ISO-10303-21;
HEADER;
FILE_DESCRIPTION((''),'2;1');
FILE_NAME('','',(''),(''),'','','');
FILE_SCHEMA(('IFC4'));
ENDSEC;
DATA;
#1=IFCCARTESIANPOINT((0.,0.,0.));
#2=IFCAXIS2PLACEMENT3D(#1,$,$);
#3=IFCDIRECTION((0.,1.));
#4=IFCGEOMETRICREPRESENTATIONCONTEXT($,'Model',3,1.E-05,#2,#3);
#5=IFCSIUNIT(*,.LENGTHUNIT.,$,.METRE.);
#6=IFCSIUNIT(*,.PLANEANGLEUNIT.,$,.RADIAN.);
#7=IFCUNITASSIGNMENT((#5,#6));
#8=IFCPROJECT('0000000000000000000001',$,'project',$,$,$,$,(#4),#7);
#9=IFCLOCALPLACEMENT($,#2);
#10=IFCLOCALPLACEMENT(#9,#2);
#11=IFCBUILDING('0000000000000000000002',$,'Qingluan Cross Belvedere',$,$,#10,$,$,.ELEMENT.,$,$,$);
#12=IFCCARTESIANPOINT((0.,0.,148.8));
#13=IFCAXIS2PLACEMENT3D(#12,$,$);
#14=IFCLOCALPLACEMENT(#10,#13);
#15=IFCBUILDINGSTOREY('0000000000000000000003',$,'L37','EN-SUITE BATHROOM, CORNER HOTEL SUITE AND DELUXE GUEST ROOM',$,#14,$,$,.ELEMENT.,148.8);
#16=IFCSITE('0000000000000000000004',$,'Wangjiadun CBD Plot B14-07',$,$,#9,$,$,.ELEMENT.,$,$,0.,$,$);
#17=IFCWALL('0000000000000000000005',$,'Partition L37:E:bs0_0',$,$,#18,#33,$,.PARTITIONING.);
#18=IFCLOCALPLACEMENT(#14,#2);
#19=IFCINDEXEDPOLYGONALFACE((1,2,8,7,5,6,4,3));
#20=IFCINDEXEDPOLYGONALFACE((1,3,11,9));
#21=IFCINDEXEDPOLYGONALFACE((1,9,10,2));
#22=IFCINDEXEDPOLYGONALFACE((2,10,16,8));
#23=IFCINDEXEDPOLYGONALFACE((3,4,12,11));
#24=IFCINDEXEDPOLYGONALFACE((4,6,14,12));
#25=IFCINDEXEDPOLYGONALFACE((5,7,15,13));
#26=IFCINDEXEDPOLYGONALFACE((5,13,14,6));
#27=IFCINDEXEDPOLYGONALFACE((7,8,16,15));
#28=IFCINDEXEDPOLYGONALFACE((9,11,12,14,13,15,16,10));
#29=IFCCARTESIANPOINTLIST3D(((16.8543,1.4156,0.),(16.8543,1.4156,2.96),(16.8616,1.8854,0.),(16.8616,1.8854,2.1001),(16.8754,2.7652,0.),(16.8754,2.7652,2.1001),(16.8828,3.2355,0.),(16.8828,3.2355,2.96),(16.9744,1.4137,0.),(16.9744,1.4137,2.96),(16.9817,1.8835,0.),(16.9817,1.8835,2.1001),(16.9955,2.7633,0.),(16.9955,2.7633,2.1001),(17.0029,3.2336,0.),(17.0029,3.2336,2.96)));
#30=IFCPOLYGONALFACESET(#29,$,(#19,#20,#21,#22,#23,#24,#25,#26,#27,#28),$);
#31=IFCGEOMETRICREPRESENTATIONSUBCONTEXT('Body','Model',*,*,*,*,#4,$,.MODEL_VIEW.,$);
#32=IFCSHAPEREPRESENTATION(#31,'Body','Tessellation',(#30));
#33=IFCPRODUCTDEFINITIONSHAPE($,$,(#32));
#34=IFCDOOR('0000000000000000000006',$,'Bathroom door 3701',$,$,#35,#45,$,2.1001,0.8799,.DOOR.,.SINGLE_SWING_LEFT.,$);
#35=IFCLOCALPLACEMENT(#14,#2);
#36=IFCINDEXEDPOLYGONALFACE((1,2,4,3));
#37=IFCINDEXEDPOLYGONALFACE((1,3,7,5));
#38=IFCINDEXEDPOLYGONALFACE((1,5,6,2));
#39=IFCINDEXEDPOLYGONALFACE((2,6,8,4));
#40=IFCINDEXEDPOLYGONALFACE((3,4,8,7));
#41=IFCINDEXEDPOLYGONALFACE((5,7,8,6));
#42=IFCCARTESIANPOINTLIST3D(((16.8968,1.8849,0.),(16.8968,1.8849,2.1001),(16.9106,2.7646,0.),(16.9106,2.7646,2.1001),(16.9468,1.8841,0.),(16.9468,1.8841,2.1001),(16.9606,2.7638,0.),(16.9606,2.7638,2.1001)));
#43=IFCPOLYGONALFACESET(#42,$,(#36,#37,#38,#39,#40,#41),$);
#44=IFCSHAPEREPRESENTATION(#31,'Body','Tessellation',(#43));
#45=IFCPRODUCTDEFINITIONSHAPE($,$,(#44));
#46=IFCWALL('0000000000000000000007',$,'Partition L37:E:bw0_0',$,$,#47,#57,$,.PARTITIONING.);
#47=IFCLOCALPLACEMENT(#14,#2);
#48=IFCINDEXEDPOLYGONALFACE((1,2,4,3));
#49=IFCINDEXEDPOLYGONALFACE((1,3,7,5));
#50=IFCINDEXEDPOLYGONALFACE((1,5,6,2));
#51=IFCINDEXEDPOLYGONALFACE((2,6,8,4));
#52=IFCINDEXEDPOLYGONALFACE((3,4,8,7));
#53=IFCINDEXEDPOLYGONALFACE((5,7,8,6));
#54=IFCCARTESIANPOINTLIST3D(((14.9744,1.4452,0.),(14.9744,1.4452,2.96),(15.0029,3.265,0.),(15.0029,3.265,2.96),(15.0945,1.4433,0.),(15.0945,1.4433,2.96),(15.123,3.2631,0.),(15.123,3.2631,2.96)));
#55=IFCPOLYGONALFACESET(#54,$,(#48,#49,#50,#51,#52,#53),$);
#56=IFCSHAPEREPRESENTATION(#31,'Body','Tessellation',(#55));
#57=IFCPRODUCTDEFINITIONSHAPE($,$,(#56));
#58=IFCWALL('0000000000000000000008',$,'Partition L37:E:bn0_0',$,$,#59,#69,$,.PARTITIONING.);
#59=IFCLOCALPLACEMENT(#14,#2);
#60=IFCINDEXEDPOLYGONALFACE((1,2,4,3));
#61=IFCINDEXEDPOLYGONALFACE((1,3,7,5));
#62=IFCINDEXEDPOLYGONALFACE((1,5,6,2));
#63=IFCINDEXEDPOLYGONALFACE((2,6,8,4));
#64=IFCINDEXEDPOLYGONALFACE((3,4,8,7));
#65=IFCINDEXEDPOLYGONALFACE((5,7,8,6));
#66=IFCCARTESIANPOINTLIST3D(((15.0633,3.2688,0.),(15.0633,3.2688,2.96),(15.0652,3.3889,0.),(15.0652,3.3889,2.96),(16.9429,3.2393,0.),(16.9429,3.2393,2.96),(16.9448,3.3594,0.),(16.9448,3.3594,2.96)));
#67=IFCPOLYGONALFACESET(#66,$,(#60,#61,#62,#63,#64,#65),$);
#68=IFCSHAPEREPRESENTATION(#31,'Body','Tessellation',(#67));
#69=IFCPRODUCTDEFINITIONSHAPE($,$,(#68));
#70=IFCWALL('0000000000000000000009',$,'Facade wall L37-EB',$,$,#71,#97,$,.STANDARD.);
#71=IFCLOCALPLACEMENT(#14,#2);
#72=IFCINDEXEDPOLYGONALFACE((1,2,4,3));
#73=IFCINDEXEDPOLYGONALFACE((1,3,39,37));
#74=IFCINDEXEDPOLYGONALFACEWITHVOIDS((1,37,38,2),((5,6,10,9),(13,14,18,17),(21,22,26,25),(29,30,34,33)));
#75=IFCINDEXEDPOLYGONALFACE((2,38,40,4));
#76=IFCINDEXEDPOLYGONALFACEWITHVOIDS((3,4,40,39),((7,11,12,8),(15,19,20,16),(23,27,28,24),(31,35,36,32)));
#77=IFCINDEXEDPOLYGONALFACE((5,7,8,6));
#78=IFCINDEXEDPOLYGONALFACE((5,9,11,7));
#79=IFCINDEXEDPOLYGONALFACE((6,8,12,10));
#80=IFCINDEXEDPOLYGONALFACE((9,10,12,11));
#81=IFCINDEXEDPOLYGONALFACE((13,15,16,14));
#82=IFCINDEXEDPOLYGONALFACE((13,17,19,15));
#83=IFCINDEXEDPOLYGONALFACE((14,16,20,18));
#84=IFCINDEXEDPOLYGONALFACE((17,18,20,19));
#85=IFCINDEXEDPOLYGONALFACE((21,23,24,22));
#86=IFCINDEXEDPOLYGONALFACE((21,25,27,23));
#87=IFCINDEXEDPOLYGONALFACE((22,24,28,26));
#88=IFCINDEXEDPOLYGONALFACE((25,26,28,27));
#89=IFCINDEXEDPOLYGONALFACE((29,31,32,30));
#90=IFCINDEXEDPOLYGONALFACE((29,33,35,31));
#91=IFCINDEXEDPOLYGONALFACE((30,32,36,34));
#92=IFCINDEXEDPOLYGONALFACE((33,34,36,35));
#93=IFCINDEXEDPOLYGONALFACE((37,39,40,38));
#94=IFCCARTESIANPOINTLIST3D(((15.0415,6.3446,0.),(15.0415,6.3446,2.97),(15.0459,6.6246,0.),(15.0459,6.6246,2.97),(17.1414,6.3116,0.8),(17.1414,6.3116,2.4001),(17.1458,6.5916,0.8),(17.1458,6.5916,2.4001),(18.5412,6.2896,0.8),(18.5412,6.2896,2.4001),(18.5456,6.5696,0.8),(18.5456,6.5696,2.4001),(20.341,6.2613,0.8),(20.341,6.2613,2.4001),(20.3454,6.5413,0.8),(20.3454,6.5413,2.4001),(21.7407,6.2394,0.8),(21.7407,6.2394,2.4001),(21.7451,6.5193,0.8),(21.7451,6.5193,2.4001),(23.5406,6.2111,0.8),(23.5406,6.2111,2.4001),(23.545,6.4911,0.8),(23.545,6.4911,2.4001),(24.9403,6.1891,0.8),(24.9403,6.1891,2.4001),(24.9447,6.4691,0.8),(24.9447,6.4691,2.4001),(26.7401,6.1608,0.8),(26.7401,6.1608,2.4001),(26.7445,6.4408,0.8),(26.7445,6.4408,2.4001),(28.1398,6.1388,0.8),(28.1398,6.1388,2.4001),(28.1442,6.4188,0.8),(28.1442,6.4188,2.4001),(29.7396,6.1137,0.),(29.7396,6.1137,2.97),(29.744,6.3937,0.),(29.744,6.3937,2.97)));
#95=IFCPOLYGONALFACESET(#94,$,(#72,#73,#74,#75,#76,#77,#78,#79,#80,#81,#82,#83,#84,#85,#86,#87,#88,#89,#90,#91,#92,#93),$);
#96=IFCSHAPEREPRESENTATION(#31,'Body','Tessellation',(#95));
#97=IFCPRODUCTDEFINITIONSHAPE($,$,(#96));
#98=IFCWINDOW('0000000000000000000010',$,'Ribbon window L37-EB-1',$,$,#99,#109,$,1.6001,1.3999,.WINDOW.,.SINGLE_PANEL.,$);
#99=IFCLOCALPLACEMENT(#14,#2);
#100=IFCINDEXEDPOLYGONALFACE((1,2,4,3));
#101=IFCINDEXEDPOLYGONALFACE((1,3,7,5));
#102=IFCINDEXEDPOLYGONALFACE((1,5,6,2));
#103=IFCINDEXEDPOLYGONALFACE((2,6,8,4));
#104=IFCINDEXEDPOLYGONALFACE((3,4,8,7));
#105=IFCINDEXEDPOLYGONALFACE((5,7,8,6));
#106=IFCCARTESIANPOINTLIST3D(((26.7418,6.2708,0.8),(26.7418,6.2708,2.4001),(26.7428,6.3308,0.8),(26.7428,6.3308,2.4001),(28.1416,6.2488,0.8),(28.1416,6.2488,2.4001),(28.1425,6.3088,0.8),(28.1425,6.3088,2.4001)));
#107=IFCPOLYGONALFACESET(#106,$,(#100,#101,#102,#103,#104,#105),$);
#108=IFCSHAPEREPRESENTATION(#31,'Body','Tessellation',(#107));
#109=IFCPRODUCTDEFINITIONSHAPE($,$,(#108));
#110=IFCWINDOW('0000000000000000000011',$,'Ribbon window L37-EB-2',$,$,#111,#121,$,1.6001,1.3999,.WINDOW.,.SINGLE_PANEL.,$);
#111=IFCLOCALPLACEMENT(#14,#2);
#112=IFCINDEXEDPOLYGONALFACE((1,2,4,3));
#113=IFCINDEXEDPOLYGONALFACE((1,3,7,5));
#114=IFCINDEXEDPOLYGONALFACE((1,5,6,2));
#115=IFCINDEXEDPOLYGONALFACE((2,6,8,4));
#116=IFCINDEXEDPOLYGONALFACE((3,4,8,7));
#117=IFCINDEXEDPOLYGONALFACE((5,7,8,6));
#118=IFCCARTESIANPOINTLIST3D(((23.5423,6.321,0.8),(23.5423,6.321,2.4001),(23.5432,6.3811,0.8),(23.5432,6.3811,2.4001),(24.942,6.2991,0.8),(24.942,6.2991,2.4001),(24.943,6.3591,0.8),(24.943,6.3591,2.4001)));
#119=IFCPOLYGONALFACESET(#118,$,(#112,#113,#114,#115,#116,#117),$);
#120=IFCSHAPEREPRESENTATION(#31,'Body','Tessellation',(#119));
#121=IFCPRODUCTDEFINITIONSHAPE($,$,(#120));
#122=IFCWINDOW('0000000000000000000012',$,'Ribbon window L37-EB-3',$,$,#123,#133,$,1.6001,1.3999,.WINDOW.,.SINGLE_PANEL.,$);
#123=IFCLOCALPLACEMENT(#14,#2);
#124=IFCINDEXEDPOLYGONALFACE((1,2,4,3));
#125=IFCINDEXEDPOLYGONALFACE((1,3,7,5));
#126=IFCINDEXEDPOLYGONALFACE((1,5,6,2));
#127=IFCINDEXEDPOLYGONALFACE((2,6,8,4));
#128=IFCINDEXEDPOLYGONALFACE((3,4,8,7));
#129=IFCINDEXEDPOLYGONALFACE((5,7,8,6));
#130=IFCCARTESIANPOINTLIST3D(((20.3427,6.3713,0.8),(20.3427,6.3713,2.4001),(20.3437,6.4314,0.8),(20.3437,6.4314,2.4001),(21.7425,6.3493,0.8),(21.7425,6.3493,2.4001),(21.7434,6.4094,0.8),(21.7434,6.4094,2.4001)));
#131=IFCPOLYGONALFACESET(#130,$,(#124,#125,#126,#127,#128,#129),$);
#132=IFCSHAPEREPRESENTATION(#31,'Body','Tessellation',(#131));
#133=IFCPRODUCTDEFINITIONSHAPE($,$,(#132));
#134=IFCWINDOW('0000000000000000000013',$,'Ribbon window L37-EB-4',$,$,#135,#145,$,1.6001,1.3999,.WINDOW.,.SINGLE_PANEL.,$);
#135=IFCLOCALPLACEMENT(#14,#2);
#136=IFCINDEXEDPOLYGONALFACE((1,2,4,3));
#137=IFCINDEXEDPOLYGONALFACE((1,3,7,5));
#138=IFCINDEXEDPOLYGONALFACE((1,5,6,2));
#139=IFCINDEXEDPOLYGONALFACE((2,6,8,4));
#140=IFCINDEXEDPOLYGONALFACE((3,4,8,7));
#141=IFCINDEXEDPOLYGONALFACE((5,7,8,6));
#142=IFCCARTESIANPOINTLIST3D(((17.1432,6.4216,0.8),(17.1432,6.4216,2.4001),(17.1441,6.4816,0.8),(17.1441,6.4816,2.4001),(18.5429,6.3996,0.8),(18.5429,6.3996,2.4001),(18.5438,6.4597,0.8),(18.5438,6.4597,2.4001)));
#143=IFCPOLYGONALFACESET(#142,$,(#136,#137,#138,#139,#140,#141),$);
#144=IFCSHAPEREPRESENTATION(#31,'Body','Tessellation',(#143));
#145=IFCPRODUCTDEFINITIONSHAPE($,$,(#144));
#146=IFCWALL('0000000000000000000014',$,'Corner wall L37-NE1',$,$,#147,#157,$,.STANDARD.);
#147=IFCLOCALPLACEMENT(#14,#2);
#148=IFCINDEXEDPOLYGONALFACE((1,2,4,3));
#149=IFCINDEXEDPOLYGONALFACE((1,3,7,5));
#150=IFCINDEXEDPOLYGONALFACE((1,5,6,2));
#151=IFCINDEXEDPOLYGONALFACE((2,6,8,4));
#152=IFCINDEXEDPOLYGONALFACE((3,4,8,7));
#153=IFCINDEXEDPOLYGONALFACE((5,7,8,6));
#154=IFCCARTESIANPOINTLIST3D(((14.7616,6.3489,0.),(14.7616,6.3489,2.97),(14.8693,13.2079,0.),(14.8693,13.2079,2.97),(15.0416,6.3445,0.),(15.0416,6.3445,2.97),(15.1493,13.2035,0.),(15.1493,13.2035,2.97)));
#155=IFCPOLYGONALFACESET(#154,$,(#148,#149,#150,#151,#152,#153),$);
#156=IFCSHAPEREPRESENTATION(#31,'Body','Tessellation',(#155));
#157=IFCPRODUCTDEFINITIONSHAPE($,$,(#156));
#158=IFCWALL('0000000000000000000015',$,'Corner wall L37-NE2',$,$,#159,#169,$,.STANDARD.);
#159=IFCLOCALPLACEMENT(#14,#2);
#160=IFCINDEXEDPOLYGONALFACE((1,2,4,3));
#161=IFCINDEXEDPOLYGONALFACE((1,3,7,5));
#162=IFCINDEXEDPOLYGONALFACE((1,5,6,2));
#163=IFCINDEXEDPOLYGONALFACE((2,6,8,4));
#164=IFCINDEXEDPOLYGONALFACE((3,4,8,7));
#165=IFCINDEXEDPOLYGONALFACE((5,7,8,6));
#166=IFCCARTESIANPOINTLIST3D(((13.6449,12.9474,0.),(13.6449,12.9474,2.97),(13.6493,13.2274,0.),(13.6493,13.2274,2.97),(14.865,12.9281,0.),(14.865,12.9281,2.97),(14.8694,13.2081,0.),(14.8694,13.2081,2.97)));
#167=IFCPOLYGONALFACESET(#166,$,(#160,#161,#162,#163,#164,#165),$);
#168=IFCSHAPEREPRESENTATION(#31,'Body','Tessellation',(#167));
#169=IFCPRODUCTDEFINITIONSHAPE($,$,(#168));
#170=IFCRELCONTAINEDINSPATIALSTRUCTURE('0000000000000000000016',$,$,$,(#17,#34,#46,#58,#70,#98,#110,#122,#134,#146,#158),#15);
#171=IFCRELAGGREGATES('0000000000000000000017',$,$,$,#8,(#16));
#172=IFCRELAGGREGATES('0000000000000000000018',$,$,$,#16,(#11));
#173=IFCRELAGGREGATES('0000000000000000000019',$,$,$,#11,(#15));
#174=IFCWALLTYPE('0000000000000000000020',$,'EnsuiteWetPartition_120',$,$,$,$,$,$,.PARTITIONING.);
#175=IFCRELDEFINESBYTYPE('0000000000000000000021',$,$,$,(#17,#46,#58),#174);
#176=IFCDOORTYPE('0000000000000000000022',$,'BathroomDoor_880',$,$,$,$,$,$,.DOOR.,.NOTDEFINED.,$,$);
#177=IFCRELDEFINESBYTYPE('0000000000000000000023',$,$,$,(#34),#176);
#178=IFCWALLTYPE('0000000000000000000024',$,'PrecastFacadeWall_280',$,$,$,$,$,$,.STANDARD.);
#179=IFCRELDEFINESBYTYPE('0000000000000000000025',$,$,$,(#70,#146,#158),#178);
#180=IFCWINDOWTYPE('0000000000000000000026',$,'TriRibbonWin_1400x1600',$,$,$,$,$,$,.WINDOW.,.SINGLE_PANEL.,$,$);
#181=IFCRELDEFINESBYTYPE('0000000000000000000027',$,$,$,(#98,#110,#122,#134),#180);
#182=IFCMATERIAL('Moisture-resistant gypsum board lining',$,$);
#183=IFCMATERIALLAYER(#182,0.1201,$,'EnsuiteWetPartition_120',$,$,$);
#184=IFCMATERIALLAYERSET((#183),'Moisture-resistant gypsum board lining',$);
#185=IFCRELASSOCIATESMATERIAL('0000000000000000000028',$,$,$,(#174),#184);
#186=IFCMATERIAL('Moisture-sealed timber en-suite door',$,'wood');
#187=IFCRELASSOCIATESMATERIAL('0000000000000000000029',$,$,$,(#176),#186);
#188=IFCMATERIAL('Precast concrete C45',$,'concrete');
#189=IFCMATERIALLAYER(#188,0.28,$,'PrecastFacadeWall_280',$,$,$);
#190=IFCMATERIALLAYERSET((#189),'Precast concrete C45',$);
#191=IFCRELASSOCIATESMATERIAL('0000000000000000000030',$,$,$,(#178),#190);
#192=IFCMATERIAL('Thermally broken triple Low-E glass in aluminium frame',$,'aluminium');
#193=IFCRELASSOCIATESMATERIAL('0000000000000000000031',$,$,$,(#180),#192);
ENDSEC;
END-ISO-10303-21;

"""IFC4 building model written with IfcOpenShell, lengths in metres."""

from ifc_helpers import new_model, si_unit, direction, frame, frame_2d, origin, place, context, subcontext, project, spatial, rectangle, extrude, material, layer, layer_set, type_object, element, fill, save


model = new_model("IFC4")

# Units and contexts
model_context = context("Model", 3, precision=1e-05, world=origin(), true_north=direction((0.0, 1.0)))
body_context = subcontext(model_context, "Body", "Model", "MODEL_VIEW")
ifc_project = project(units=[si_unit("LENGTHUNIT", "METRE"), si_unit("PLANEANGLEUNIT", "RADIAN")], contexts=[model_context])

# Site, building, storey
site_placement = place(None, origin())
site = spatial("IfcSite", under=ifc_project, at=site_placement, Name="Wangjiadun CBD Plot B14-07", CompositionType="ELEMENT", RefElevation=0.0)
building_placement = place(site_placement, origin())
building = spatial("IfcBuilding", under=site, at=building_placement, Name="Qingluan Cross Belvedere", CompositionType="ELEMENT")
storey_placement = place(building_placement, frame((0.0, 0.0, 148.8)))
storey = spatial("IfcBuildingStorey", under=building, at=storey_placement, Name="L37", Description="EN-SUITE BATHROOM, CORNER HOTEL SUITE AND DELUXE GUEST ROOM", CompositionType="ELEMENT", Elevation=148.8)

# Wall, opening, door
ifc_material_1 = material(Name="Moisture-resistant gypsum board lining")
ifc_layer_1 = layer(ifc_material_1, 0.1201, Name="EnsuiteWetPartition_120")
ifc_layer_set_1 = layer_set([ifc_layer_1], Name="Moisture-resistant gypsum board lining")
wall_type_1 = type_object("IfcWallType", Name="EnsuiteWetPartition_120", PredefinedType="PARTITIONING", material=ifc_layer_set_1)
wall_1_placement = place(storey_placement, frame((16.9143, 1.4146, 0.0), z_axis=(0.0, 0.0, 1.0), x_axis=(0.015694, 0.999877, 0.0)))
wall_1 = element("IfcWall", 1, at=wall_1_placement, inside=storey, type_object=wall_type_1, Name="Partition L37:E:bs0_0", PredefinedType="PARTITIONING", context=body_context, shape_type="SweptSolid", body=[
    extrude(rectangle(XDim=1.8201, YDim=0.1201, at=frame_2d((0.9102, 0.0))), origin(), (0.0, 0.0, 1.0), 2.96),
])
opening_1_placement = place(wall_1_placement, frame((0.47, 0.0, 0.0)))
opening_1 = element("IfcOpeningElement", 2, at=opening_1_placement, cuts=wall_1, PredefinedType="OPENING", context=body_context, shape_type="SweptSolid", body=[
    extrude(rectangle(XDim=0.8799, YDim=2.1001, at=frame_2d((0.4399, 1.05))), frame((0.0, 0.0701, 0.0), z_axis=(0.0, -1.0, 0.0), x_axis=(1.0, 0.0, 0.0)), (0.0, 0.0, 1.0), 0.1401),
])
ifc_material_2 = material(Name="Moisture-sealed timber en-suite door", Category="wood")
door_type_1 = type_object("IfcDoorType", Name="BathroomDoor_880", OperationType="NOTDEFINED", PredefinedType="DOOR", material=ifc_material_2)
door_1_placement = place(opening_1_placement, origin())
door_1 = element("IfcDoor", 3, at=door_1_placement, inside=storey, type_object=door_type_1, Name="Bathroom door 3701", OperationType="SINGLE_SWING_LEFT", OverallHeight=2.1001, OverallWidth=0.8799, PredefinedType="DOOR", context=body_context, shape_type="SweptSolid", body=[
    extrude(rectangle(XDim=0.8799, YDim=2.1001, at=frame_2d((0.4399, 1.05))), frame((0.0, 0.0249, 0.0), z_axis=(0.0, -1.0, 0.0), x_axis=(1.0, 0.0, 0.0)), (0.0, 0.0, 1.0), 0.05),
])
fill(opening_1, door_1)

# Walls
wall_2_placement = place(storey_placement, frame((15.0344, 1.4441, 0.0), z_axis=(0.0, 0.0, 1.0), x_axis=(0.015694, 0.999877, 0.0)))
element("IfcWall", 4, at=wall_2_placement, inside=storey, type_object=wall_type_1, Name="Partition L37:E:bw0_0", PredefinedType="PARTITIONING", context=body_context, shape_type="SweptSolid", body=[
    extrude(rectangle(XDim=1.8201, YDim=0.1201, at=frame_2d((0.9102, 0.0))), origin(), (0.0, 0.0, 1.0), 2.96),
])
wall_3_placement = place(storey_placement, frame((15.0642, 3.3289, 0.0), z_axis=(0.0, 0.0, 1.0), x_axis=(0.999877, -0.015714, 0.0)))
element("IfcWall", 5, at=wall_3_placement, inside=storey, type_object=wall_type_1, Name="Partition L37:E:bn0_0", PredefinedType="PARTITIONING", context=body_context, shape_type="SweptSolid", body=[
    extrude(rectangle(XDim=1.8799, YDim=0.1201, at=frame_2d((0.9399, 0.0))), origin(), (0.0, 0.0, 1.0), 2.96),
])

# Wall, openings, windows
ifc_material_3 = material(Name="Precast concrete C45", Category="concrete")
ifc_layer_2 = layer(ifc_material_3, 0.28, Name="PrecastFacadeWall_280")
ifc_layer_set_2 = layer_set([ifc_layer_2], Name="Precast concrete C45")
wall_type_2 = type_object("IfcWallType", Name="PrecastFacadeWall_280", PredefinedType="STANDARD", material=ifc_layer_set_2)
wall_4_placement = place(storey_placement, frame((29.7419, 6.2537, 0.0), z_axis=(0.0, 0.0, 1.0), x_axis=(-0.999877, 0.015711, 0.0)))
wall_4 = element("IfcWall", 6, at=wall_4_placement, inside=storey, type_object=wall_type_2, Name="Facade wall L37-EB", PredefinedType="STANDARD", context=body_context, shape_type="SweptSolid", body=[
    extrude(rectangle(XDim=14.7, YDim=0.28, at=frame_2d((7.3501, 0.0))), origin(), (0.0, 0.0, 1.0), 2.97),
])
opening_2_placement = place(wall_4_placement, frame((1.6001, 0.0, 0.8)))
opening_2 = element("IfcOpeningElement", 7, at=opening_2_placement, cuts=wall_4, PredefinedType="OPENING", context=body_context, shape_type="SweptSolid", body=[
    extrude(rectangle(XDim=1.3999, YDim=1.6001, at=frame_2d((0.7, 0.8))), frame((0.0, 0.1499, 0.0), z_axis=(0.0, -1.0, 0.0), x_axis=(1.0, 0.0, 0.0)), (0.0, 0.0, 1.0), 0.3),
])
opening_3_placement = place(wall_4_placement, frame((4.8, 0.0, 0.8)))
opening_3 = element("IfcOpeningElement", 8, at=opening_3_placement, cuts=wall_4, PredefinedType="OPENING", context=body_context, shape_type="SweptSolid", body=[
    extrude(rectangle(XDim=1.3999, YDim=1.6001, at=frame_2d((0.7, 0.8))), frame((0.0, 0.1499, 0.0), z_axis=(0.0, -1.0, 0.0), x_axis=(1.0, 0.0, 0.0)), (0.0, 0.0, 1.0), 0.3),
])
opening_4_placement = place(wall_4_placement, frame((8.0, 0.0, 0.8)))
opening_4 = element("IfcOpeningElement", 9, at=opening_4_placement, cuts=wall_4, PredefinedType="OPENING", context=body_context, shape_type="SweptSolid", body=[
    extrude(rectangle(XDim=1.3999, YDim=1.6001, at=frame_2d((0.7, 0.8))), frame((0.0, 0.1499, 0.0), z_axis=(0.0, -1.0, 0.0), x_axis=(1.0, 0.0, 0.0)), (0.0, 0.0, 1.0), 0.3),
])
opening_5_placement = place(wall_4_placement, frame((11.2, 0.0, 0.8)))
opening_5 = element("IfcOpeningElement", 10, at=opening_5_placement, cuts=wall_4, PredefinedType="OPENING", context=body_context, shape_type="SweptSolid", body=[
    extrude(rectangle(XDim=1.3999, YDim=1.6001, at=frame_2d((0.7, 0.8))), frame((0.0, 0.1499, 0.0), z_axis=(0.0, -1.0, 0.0), x_axis=(1.0, 0.0, 0.0)), (0.0, 0.0, 1.0), 0.3),
])
ifc_material_4 = material(Name="Thermally broken triple Low-E glass in aluminium frame", Category="aluminium")
window_type = type_object("IfcWindowType", Name="TriRibbonWin_1400x1600", PartitioningType="SINGLE_PANEL", PredefinedType="WINDOW", material=ifc_material_4)
window_1_placement = place(opening_2_placement, origin())
window_1 = element("IfcWindow", 11, at=window_1_placement, inside=storey, type_object=window_type, Name="Ribbon window L37-EB-1", OverallHeight=1.6001, OverallWidth=1.3999, PartitioningType="SINGLE_PANEL", PredefinedType="WINDOW", context=body_context, shape_type="SweptSolid", body=[
    extrude(rectangle(XDim=1.3999, YDim=1.6001, at=frame_2d((0.7, 0.8))), frame((0.0, 0.03, 0.0), z_axis=(0.0, -1.0, 0.0), x_axis=(1.0, 0.0, 0.0)), (0.0, 0.0, 1.0), 0.0601),
])
fill(opening_2, window_1)
window_2_placement = place(opening_3_placement, origin())
window_2 = element("IfcWindow", 12, at=window_2_placement, inside=storey, type_object=window_type, Name="Ribbon window L37-EB-2", OverallHeight=1.6001, OverallWidth=1.3999, PartitioningType="SINGLE_PANEL", PredefinedType="WINDOW", context=body_context, shape_type="SweptSolid", body=[
    extrude(rectangle(XDim=1.3999, YDim=1.6001, at=frame_2d((0.7, 0.8))), frame((0.0, 0.03, 0.0), z_axis=(0.0, -1.0, 0.0), x_axis=(1.0, 0.0, 0.0)), (0.0, 0.0, 1.0), 0.0601),
])
fill(opening_3, window_2)
window_3_placement = place(opening_4_placement, origin())
window_3 = element("IfcWindow", 13, at=window_3_placement, inside=storey, type_object=window_type, Name="Ribbon window L37-EB-3", OverallHeight=1.6001, OverallWidth=1.3999, PartitioningType="SINGLE_PANEL", PredefinedType="WINDOW", context=body_context, shape_type="SweptSolid", body=[
    extrude(rectangle(XDim=1.3999, YDim=1.6001, at=frame_2d((0.7, 0.8))), frame((0.0, 0.03, 0.0), z_axis=(0.0, -1.0, 0.0), x_axis=(1.0, 0.0, 0.0)), (0.0, 0.0, 1.0), 0.0601),
])
fill(opening_4, window_3)
window_4_placement = place(opening_5_placement, origin())
window_4 = element("IfcWindow", 14, at=window_4_placement, inside=storey, type_object=window_type, Name="Ribbon window L37-EB-4", OverallHeight=1.6001, OverallWidth=1.3999, PartitioningType="SINGLE_PANEL", PredefinedType="WINDOW", context=body_context, shape_type="SweptSolid", body=[
    extrude(rectangle(XDim=1.3999, YDim=1.6001, at=frame_2d((0.7, 0.8))), frame((0.0, 0.03, 0.0), z_axis=(0.0, -1.0, 0.0), x_axis=(1.0, 0.0, 0.0)), (0.0, 0.0, 1.0), 0.0601),
])
fill(opening_5, window_4)

# Walls
wall_5_placement = place(storey_placement, frame((14.9016, 6.3467, 0.0), z_axis=(0.0, 0.0, 1.0), x_axis=(0.015695, 0.999877, 0.0)))
element("IfcWall", 15, at=wall_5_placement, inside=storey, type_object=wall_type_2, Name="Corner wall L37-NE1", PredefinedType="STANDARD", context=body_context, shape_type="SweptSolid", body=[
    extrude(rectangle(XDim=6.8599, YDim=0.28, at=frame_2d((3.4299, 0.0))), origin(), (0.0, 0.0, 1.0), 2.97),
])
wall_6_placement = place(storey_placement, frame((14.8672, 13.0681, 0.0), z_axis=(0.0, 0.0, 1.0), x_axis=(-0.999875, 0.015808, 0.0)))
element("IfcWall", 16, at=wall_6_placement, inside=storey, type_object=wall_type_2, Name="Corner wall L37-NE2", PredefinedType="STANDARD", context=body_context, shape_type="SweptSolid", body=[
    extrude(rectangle(XDim=1.2202, YDim=0.28, at=frame_2d((0.6101, 0.0))), origin(), (0.0, 0.0, 1.0), 2.97),
])

save(model, "model.ifc")
